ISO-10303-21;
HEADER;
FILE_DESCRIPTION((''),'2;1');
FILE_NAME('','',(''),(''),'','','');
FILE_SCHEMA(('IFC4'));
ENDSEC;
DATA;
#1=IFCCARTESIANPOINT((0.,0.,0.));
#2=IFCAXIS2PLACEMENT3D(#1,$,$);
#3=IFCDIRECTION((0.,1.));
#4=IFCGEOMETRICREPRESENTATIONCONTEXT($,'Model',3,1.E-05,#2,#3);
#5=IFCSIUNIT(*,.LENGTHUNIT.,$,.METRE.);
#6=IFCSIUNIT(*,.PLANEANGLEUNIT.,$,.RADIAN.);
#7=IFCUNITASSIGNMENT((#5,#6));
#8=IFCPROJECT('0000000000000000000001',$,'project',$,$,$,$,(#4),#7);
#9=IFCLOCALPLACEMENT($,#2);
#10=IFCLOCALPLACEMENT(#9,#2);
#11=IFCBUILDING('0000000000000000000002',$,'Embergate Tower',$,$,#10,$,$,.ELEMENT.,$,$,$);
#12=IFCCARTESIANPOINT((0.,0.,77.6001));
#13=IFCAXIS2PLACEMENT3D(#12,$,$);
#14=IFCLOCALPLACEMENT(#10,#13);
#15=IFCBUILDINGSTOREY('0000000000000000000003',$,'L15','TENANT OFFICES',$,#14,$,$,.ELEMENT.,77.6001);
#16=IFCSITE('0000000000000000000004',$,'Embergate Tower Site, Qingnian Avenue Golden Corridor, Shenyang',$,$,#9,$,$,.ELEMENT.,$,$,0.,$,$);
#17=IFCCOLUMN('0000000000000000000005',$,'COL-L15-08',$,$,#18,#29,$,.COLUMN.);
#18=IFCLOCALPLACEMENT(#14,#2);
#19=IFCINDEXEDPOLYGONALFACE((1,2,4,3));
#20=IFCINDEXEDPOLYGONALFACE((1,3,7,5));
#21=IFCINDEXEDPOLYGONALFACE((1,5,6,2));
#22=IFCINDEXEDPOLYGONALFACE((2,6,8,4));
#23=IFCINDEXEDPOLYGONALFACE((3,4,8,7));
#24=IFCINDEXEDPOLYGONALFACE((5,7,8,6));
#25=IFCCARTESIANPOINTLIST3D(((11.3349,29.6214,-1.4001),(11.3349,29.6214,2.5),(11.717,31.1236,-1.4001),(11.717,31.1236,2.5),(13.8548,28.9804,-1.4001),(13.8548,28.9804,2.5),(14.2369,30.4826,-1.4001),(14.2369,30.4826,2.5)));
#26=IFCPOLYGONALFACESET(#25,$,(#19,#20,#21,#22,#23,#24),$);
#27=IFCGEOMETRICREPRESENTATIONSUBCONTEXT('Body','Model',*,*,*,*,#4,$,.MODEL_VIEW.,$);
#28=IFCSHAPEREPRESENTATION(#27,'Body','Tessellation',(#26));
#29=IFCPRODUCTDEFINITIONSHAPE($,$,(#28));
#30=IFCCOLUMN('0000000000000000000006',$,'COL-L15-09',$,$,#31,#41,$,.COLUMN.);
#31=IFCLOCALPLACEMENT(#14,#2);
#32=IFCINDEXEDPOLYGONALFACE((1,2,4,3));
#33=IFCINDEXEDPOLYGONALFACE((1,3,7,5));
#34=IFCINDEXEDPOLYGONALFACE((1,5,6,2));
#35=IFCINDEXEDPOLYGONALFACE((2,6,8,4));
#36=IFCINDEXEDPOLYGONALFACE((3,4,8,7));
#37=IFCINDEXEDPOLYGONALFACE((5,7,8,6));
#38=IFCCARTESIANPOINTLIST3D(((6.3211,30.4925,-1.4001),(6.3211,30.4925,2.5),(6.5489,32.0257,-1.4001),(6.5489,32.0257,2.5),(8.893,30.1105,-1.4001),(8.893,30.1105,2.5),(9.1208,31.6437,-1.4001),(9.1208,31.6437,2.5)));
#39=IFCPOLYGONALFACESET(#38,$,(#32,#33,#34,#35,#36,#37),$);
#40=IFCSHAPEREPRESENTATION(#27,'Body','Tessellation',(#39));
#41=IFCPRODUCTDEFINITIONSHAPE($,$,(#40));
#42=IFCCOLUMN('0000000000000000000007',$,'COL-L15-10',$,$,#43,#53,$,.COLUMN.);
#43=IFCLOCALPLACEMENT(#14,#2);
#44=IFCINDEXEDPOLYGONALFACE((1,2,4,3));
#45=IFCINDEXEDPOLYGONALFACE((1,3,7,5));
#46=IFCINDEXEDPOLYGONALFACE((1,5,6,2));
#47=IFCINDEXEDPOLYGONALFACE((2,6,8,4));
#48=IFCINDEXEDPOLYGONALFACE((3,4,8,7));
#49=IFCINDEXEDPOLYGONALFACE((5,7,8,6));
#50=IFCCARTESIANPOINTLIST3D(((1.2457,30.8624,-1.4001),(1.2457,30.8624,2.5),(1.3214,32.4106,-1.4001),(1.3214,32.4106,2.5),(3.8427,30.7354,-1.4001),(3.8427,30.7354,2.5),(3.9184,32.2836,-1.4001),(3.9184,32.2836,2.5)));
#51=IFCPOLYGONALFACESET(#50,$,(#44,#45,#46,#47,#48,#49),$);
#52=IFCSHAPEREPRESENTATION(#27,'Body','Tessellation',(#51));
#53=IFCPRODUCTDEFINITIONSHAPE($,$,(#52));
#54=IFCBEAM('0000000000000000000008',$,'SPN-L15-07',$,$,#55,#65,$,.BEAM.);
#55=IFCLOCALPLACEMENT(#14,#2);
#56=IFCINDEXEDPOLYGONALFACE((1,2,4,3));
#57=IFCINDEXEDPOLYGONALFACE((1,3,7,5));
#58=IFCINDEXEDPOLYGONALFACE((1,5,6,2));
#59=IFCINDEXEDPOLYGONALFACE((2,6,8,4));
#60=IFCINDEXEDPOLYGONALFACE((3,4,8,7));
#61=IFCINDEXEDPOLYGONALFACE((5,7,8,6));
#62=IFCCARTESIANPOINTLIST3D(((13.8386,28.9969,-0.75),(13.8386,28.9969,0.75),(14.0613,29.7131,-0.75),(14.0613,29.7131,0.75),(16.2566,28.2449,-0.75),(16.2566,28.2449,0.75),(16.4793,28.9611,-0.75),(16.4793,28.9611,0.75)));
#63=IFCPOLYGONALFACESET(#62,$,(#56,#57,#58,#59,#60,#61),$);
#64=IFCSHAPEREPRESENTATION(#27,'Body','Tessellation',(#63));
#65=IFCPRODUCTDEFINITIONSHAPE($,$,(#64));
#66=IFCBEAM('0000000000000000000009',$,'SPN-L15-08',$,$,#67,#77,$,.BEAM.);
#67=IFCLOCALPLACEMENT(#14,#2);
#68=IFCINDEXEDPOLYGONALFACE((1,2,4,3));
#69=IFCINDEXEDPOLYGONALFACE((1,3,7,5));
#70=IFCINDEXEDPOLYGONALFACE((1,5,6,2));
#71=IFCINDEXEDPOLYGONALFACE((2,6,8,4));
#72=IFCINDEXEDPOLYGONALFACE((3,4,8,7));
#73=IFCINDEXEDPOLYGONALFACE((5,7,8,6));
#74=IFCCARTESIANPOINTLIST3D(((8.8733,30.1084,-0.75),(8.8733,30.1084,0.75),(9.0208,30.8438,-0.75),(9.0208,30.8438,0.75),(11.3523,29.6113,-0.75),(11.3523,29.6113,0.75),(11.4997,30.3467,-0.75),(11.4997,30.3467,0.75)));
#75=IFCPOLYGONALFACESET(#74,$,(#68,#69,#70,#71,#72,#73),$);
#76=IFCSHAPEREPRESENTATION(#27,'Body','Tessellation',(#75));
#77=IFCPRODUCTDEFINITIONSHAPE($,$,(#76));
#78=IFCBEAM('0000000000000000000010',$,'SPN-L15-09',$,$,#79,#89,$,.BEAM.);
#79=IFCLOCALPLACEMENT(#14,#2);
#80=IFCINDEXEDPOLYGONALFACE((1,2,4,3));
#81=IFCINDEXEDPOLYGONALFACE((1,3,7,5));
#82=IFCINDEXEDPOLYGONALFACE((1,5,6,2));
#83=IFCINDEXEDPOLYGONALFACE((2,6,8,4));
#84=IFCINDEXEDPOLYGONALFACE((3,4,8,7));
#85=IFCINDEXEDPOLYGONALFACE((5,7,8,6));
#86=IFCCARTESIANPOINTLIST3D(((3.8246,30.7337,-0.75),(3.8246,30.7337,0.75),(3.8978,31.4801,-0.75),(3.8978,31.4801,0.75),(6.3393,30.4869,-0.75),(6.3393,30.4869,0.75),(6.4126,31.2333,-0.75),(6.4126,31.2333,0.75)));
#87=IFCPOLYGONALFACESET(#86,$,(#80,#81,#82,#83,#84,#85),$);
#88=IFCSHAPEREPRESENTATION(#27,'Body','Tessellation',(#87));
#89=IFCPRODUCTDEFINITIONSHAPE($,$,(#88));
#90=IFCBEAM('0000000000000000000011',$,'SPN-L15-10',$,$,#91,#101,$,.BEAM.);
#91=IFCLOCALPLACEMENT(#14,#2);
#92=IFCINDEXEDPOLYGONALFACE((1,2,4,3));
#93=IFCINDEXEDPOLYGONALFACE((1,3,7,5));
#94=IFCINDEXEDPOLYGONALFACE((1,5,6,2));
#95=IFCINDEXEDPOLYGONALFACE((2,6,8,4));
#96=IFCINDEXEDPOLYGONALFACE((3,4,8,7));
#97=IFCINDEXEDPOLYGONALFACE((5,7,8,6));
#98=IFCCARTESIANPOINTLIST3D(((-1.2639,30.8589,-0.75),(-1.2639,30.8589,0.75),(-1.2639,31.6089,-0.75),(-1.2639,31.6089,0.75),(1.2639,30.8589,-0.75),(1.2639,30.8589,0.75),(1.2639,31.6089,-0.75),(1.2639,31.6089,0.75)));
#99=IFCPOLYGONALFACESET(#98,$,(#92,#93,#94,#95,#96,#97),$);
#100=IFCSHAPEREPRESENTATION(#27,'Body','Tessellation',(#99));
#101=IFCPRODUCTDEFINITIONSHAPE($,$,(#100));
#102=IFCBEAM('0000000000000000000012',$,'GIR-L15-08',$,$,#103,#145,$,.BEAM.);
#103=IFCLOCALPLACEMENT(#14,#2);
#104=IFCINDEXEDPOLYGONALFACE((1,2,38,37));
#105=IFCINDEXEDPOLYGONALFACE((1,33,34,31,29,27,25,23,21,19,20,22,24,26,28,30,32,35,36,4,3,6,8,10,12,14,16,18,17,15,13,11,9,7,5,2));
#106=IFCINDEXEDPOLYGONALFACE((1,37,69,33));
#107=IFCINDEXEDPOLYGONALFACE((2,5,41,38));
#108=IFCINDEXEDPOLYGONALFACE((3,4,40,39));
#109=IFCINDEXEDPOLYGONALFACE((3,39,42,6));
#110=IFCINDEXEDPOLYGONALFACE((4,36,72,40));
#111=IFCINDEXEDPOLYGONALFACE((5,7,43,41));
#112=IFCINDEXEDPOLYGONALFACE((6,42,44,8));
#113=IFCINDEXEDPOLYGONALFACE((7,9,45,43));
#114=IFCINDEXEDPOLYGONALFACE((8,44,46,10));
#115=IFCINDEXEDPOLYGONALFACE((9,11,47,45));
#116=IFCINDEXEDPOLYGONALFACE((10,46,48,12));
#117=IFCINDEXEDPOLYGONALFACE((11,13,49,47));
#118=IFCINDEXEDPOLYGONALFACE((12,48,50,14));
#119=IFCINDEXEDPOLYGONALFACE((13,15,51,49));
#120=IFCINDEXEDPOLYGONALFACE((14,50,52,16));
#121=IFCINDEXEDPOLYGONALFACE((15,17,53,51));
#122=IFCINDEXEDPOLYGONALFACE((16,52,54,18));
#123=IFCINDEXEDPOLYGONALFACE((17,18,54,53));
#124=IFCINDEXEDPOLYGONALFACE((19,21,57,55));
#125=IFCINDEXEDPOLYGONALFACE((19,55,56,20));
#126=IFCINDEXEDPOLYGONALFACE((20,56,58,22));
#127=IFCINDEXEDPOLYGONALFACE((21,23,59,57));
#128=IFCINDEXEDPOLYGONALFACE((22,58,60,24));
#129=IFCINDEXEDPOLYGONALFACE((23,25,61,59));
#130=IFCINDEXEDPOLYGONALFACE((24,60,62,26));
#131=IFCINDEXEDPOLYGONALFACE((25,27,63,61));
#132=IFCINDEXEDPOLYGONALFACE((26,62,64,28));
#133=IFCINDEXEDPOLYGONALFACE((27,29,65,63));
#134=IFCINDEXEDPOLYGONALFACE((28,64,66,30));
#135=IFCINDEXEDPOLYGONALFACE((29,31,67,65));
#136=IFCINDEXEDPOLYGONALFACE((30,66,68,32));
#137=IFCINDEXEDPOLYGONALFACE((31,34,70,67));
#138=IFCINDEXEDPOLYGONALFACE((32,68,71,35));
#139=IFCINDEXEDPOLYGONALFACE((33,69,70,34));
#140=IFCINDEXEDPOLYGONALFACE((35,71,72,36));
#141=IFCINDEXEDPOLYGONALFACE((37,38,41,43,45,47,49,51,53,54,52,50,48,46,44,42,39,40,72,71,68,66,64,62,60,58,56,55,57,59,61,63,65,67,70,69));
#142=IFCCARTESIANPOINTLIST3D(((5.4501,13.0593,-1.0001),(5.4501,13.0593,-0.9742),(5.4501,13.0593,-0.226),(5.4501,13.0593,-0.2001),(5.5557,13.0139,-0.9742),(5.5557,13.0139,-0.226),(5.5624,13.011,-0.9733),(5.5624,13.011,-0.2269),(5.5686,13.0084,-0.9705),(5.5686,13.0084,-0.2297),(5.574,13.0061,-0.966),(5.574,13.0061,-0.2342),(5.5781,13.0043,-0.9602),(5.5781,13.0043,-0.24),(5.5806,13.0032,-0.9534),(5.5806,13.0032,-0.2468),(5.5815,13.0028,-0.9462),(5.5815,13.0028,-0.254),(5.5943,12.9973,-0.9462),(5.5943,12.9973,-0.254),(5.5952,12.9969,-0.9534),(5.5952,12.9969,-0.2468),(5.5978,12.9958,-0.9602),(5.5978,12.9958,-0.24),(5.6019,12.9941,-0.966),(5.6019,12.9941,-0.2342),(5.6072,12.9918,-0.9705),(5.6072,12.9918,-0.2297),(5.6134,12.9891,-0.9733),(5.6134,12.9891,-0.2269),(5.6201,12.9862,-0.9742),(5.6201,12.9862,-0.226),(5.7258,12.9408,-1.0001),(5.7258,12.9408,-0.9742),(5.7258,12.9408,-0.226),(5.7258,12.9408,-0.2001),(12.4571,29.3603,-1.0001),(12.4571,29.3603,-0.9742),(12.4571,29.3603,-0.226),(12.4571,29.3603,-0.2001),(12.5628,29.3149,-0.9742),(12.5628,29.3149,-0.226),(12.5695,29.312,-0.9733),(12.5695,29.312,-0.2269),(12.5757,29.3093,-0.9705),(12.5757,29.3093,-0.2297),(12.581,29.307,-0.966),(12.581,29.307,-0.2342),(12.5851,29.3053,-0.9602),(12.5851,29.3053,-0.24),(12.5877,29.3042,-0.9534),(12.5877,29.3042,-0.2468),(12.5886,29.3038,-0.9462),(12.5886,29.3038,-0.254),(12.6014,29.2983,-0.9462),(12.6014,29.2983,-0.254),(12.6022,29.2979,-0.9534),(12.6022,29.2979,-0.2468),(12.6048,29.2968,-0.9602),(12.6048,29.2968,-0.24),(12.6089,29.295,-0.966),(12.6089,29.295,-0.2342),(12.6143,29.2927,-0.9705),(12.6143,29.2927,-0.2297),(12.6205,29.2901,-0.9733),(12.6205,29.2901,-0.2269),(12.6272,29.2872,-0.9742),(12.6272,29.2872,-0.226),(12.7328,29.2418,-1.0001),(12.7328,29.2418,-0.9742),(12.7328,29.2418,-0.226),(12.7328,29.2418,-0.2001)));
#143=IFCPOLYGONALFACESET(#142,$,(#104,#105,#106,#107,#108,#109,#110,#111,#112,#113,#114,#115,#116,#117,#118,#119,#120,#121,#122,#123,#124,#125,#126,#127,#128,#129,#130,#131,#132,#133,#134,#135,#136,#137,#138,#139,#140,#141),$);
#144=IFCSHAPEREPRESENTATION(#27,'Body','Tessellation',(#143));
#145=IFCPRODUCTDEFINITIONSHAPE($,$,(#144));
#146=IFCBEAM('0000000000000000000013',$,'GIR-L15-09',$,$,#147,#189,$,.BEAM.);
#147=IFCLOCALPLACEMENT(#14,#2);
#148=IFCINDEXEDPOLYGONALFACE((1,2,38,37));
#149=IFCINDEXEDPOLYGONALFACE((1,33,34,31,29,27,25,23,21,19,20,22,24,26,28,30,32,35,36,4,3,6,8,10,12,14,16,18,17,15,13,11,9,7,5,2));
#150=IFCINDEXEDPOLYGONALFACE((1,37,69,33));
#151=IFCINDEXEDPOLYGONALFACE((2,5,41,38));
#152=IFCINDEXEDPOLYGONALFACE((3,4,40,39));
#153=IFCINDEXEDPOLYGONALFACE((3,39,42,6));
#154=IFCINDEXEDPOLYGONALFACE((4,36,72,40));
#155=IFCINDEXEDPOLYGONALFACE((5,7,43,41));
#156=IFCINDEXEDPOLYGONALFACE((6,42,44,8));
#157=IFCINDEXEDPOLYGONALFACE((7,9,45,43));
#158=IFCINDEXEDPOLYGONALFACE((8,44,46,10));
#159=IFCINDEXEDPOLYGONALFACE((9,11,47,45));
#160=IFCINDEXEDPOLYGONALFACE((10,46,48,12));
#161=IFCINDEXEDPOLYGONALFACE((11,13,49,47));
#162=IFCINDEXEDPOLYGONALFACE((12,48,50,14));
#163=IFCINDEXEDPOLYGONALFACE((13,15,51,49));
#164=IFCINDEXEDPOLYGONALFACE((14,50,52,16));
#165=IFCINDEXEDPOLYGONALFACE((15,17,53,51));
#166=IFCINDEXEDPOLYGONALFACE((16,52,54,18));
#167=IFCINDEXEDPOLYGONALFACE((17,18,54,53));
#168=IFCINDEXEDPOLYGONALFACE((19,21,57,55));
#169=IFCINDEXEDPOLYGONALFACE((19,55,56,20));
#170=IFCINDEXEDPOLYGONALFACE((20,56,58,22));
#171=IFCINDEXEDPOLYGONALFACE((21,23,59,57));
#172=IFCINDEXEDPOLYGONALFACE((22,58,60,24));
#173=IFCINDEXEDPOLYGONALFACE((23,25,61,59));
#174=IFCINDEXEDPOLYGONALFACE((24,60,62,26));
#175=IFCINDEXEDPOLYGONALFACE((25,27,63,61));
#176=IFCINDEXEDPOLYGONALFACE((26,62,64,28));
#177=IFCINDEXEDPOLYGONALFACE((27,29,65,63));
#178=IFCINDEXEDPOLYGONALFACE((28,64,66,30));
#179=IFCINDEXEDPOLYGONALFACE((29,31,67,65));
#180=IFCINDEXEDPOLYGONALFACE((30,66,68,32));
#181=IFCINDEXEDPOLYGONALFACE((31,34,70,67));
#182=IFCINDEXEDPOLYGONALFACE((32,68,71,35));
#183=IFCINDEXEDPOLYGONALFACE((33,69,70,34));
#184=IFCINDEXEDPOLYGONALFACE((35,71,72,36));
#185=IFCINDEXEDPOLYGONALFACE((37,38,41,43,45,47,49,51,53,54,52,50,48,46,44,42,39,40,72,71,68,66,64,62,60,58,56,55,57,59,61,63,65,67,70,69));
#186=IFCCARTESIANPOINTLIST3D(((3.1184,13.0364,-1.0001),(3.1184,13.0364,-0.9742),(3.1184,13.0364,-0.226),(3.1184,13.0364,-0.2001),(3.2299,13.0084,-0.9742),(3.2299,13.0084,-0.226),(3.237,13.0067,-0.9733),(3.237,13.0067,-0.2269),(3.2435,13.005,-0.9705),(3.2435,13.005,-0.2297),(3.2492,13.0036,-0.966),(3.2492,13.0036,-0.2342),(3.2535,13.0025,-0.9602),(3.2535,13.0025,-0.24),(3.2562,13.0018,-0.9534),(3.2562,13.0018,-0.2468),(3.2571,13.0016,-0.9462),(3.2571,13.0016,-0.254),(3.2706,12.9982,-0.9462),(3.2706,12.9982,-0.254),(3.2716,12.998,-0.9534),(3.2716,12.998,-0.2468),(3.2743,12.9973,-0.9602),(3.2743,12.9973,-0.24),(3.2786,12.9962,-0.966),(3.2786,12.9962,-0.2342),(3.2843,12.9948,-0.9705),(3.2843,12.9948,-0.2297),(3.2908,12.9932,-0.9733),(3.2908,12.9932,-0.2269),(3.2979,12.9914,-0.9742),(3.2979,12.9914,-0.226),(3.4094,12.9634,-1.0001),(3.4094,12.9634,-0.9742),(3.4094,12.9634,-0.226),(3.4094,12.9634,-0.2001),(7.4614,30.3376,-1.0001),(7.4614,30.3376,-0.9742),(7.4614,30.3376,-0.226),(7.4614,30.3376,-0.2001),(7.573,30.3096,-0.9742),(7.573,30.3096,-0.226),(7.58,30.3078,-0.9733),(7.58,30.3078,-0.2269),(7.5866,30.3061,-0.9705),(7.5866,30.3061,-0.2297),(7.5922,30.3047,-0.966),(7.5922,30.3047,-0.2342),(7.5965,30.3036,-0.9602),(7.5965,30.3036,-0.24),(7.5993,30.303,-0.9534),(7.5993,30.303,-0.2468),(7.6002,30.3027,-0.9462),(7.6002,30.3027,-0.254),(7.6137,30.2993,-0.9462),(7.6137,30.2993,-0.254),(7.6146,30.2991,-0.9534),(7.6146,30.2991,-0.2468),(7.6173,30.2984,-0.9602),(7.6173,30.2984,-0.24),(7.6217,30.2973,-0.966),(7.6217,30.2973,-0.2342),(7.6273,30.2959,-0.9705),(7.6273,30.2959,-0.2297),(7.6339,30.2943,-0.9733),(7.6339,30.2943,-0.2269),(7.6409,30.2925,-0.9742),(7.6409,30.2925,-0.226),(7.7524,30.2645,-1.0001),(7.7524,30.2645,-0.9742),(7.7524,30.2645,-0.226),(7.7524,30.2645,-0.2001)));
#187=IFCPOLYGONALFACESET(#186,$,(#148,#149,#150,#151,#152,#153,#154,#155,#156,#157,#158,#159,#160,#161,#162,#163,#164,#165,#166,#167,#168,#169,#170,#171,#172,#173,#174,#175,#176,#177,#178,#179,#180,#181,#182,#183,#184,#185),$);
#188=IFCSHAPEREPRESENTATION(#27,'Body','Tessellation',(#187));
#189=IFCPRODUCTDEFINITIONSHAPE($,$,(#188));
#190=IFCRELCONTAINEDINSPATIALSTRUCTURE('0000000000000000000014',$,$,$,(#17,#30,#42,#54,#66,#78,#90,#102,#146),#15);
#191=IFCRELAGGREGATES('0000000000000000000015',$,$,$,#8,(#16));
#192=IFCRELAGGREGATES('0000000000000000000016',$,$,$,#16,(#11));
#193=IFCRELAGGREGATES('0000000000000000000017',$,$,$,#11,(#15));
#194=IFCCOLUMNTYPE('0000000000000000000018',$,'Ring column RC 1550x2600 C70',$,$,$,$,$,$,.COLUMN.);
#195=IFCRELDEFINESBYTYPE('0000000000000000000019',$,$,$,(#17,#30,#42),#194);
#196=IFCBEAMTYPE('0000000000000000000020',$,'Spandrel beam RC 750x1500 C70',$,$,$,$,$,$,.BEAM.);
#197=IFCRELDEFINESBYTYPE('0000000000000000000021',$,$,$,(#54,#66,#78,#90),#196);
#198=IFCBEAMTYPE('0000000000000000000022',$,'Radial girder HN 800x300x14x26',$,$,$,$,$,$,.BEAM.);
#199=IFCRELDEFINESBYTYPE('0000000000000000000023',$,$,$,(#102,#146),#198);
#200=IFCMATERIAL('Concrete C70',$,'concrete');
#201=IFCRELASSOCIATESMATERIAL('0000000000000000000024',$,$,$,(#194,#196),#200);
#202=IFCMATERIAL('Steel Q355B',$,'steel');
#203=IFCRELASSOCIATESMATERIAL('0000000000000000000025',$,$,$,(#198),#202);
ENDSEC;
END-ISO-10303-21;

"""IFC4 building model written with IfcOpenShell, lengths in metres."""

from ifc_helpers import new_model, si_unit, direction, frame, origin, origin_2d, place, context, subcontext, project, spatial, rectangle, i_section, extrude, source, transform, mapped, material, material_profile, profile_set, type_object, element, save


model = new_model("IFC4")

# Units and contexts
model_context = context("Model", 3, precision=1e-05, world=origin(), true_north=direction((0.0, 1.0)))
body_context = subcontext(model_context, "Body", "Model", "MODEL_VIEW")
ifc_project = project(units=[si_unit("LENGTHUNIT", "METRE"), si_unit("PLANEANGLEUNIT", "RADIAN")], contexts=[model_context])

# Site, building, storey
site_placement = place(None, origin())
site = spatial("IfcSite", under=ifc_project, at=site_placement, Name="Embergate Tower Site, Qingnian Avenue Golden Corridor, Shenyang", CompositionType="ELEMENT", RefElevation=0.0)
building_placement = place(site_placement, origin())
building = spatial("IfcBuilding", under=site, at=building_placement, Name="Embergate Tower", CompositionType="ELEMENT")
storey_placement = place(building_placement, frame((0.0, 0.0, 77.6001)))
storey = spatial("IfcBuildingStorey", under=building, at=storey_placement, Name="L15", Description="TENANT OFFICES", CompositionType="ELEMENT", Elevation=77.6001)

# Columns
ifc_material_1 = material(Name="Concrete C70", Category="concrete")
ifc_material_profile_1 = material_profile(ifc_material_1, rectangle(XDim=1.55, YDim=2.6001, at=origin_2d()), Name="RC 1550x2600")
ifc_profile_set_1 = profile_set([ifc_material_profile_1], Name="Concrete C70")
column_type = type_object("IfcColumnType", Name="Ring column RC 1550x2600 C70", PredefinedType="COLUMN", material=ifc_profile_set_1)
shared_shape_1 = source(origin(), body_context, "Body", "SweptSolid", [
    extrude(rectangle(XDim=1.55, YDim=2.6001, at=origin_2d()), origin(), (0.0, 0.0, 1.0), 3.9001),
])
for number, where, z_axis, x_axis, name in (
    (1, (12.7859, 30.052, -1.4001), (0.0, 0.0, 1.0), (0.246509, 0.969141, 0.0), "COL-L15-08"),
    (2, (7.7209, 31.0681, -1.4001), (0.0, 0.0, 1.0), (0.146929, 0.989147, 0.0), "COL-L15-09"),
    (3, (2.582, 31.573, -1.4001), (0.0, 0.0, 1.0), (0.048815, 0.998808, 0.0), "COL-L15-10"),
):
    element("IfcColumn", number, at=place(storey_placement, frame(where, z_axis=z_axis, x_axis=x_axis)), inside=storey, type_object=column_type, Name=name, PredefinedType="COLUMN", context=body_context, shape_type="MappedRepresentation", body=[
        mapped(shared_shape_1, transform((0.0, 0.0, 0.0))),
    ])

# Beams
ifc_material_profile_2 = material_profile(ifc_material_1, rectangle(XDim=0.75, YDim=1.5, at=origin_2d()), Name="RC 750x1500")
ifc_profile_set_2 = profile_set([ifc_material_profile_2], Name="Concrete C70")
beam_type_1 = type_object("IfcBeamType", Name="Spandrel beam RC 750x1500 C70", PredefinedType="BEAM", material=ifc_profile_set_2)
shared_shape_2 = source(origin(), body_context, "Body", "SweptSolid", [
    extrude(rectangle(XDim=0.75, YDim=1.5, at=origin_2d()), origin(), (0.0, 0.0, 1.0), 2.5322),
])
beam_1_placement = place(storey_placement, frame((16.3679, 28.603, 0.0), z_axis=(-0.954891, 0.296957, 0.0), x_axis=(-0.296957, -0.954891, 0.0)))
element("IfcBeam", 4, at=beam_1_placement, inside=storey, type_object=beam_type_1, Name="SPN-L15-07", PredefinedType="BEAM", context=body_context, shape_type="MappedRepresentation", body=[
    mapped(shared_shape_2, transform((0.0, 0.0, 0.0))),
])
shared_shape_3 = source(origin(), body_context, "Body", "SweptSolid", [
    extrude(rectangle(XDim=0.75, YDim=1.5, at=origin_2d()), origin(), (0.0, 0.0, 1.0), 2.5283),
])
beam_2_placement = place(storey_placement, frame((11.426, 29.979, 0.0), z_axis=(-0.980484, 0.196599, 0.0), x_axis=(-0.196599, -0.980484, 0.0)))
element("IfcBeam", 5, at=beam_2_placement, inside=storey, type_object=beam_type_1, Name="SPN-L15-08", PredefinedType="BEAM", context=body_context, shape_type="MappedRepresentation", body=[
    mapped(shared_shape_3, transform((0.0, 0.0, 0.0))),
])
shared_shape_4 = source(origin(), body_context, "Body", "SweptSolid", [
    extrude(rectangle(XDim=0.75, YDim=1.5, at=origin_2d()), origin(), (0.0, 0.0, 1.0), 2.5269),
])
beam_3_placement = place(storey_placement, frame((6.376, 30.8601, 0.0), z_axis=(-0.995218, 0.097676, 0.0), x_axis=(-0.097676, -0.995218, 0.0)))
element("IfcBeam", 6, at=beam_3_placement, inside=storey, type_object=beam_type_1, Name="SPN-L15-09", PredefinedType="BEAM", context=body_context, shape_type="MappedRepresentation", body=[
    mapped(shared_shape_4, transform((0.0, 0.0, 0.0))),
])
shared_shape_5 = source(origin(), body_context, "Body", "SweptSolid", [
    extrude(rectangle(XDim=0.75, YDim=1.5, at=origin_2d()), origin(), (0.0, 0.0, 1.0), 2.5278),
])
beam_4_placement = place(storey_placement, frame((1.2639, 31.2339, 0.0), z_axis=(-1.0, 0.0, 0.0), x_axis=(0.0, -1.0, 0.0)))
element("IfcBeam", 7, at=beam_4_placement, inside=storey, type_object=beam_type_1, Name="SPN-L15-10", PredefinedType="BEAM", context=body_context, shape_type="MappedRepresentation", body=[
    mapped(shared_shape_5, transform((0.0, 0.0, 0.0))),
])
ifc_material_2 = material(Name="Steel Q355B", Category="steel")
ifc_material_profile_3 = material_profile(ifc_material_2, i_section(OverallWidth=0.3, OverallDepth=0.8, WebThickness=0.0139, FlangeThickness=0.0259, FilletRadius=0.0281, at=origin_2d()), Name="HN 800x300x14x26")
ifc_profile_set_3 = profile_set([ifc_material_profile_3], Name="Steel Q355 grade B")
beam_type_2 = type_object("IfcBeamType", Name="Radial girder HN 800x300x14x26", PredefinedType="BEAM", material=ifc_profile_set_3)
shared_shape_6 = source(origin(), body_context, "Body", "SweptSolid", [
    extrude(i_section(OverallWidth=0.3, OverallDepth=0.8, WebThickness=0.0139, FlangeThickness=0.0259, FilletRadius=0.0281, at=origin_2d()), origin(), (0.0, 0.0, 1.0), 17.7432),
])
beam_5_placement = place(storey_placement, frame((12.595, 29.301, -0.6001), z_axis=(-0.394915, -0.918717, 0.0), x_axis=(0.918717, -0.394915, 0.0)))
element("IfcBeam", 8, at=beam_5_placement, inside=storey, type_object=beam_type_2, Name="GIR-L15-08", PredefinedType="BEAM", context=body_context, shape_type="MappedRepresentation", body=[
    mapped(shared_shape_6, transform((0.0, 0.0, 0.0))),
])
shared_shape_7 = source(origin(), body_context, "Body", "SweptSolid", [
    extrude(i_section(OverallWidth=0.3, OverallDepth=0.8, WebThickness=0.0139, FlangeThickness=0.0259, FilletRadius=0.0281, at=origin_2d()), origin(), (0.0, 0.0, 1.0), 17.8379),
])
beam_6_placement = place(storey_placement, frame((7.6069, 30.301, -0.6001), z_axis=(-0.243473, -0.969908, 0.0), x_axis=(0.969908, -0.243473, 0.0)))
element("IfcBeam", 9, at=beam_6_placement, inside=storey, type_object=beam_type_2, Name="GIR-L15-09", PredefinedType="BEAM", context=body_context, shape_type="MappedRepresentation", body=[
    mapped(shared_shape_7, transform((0.0, 0.0, 0.0))),
])

save(model, "model.ifc")
